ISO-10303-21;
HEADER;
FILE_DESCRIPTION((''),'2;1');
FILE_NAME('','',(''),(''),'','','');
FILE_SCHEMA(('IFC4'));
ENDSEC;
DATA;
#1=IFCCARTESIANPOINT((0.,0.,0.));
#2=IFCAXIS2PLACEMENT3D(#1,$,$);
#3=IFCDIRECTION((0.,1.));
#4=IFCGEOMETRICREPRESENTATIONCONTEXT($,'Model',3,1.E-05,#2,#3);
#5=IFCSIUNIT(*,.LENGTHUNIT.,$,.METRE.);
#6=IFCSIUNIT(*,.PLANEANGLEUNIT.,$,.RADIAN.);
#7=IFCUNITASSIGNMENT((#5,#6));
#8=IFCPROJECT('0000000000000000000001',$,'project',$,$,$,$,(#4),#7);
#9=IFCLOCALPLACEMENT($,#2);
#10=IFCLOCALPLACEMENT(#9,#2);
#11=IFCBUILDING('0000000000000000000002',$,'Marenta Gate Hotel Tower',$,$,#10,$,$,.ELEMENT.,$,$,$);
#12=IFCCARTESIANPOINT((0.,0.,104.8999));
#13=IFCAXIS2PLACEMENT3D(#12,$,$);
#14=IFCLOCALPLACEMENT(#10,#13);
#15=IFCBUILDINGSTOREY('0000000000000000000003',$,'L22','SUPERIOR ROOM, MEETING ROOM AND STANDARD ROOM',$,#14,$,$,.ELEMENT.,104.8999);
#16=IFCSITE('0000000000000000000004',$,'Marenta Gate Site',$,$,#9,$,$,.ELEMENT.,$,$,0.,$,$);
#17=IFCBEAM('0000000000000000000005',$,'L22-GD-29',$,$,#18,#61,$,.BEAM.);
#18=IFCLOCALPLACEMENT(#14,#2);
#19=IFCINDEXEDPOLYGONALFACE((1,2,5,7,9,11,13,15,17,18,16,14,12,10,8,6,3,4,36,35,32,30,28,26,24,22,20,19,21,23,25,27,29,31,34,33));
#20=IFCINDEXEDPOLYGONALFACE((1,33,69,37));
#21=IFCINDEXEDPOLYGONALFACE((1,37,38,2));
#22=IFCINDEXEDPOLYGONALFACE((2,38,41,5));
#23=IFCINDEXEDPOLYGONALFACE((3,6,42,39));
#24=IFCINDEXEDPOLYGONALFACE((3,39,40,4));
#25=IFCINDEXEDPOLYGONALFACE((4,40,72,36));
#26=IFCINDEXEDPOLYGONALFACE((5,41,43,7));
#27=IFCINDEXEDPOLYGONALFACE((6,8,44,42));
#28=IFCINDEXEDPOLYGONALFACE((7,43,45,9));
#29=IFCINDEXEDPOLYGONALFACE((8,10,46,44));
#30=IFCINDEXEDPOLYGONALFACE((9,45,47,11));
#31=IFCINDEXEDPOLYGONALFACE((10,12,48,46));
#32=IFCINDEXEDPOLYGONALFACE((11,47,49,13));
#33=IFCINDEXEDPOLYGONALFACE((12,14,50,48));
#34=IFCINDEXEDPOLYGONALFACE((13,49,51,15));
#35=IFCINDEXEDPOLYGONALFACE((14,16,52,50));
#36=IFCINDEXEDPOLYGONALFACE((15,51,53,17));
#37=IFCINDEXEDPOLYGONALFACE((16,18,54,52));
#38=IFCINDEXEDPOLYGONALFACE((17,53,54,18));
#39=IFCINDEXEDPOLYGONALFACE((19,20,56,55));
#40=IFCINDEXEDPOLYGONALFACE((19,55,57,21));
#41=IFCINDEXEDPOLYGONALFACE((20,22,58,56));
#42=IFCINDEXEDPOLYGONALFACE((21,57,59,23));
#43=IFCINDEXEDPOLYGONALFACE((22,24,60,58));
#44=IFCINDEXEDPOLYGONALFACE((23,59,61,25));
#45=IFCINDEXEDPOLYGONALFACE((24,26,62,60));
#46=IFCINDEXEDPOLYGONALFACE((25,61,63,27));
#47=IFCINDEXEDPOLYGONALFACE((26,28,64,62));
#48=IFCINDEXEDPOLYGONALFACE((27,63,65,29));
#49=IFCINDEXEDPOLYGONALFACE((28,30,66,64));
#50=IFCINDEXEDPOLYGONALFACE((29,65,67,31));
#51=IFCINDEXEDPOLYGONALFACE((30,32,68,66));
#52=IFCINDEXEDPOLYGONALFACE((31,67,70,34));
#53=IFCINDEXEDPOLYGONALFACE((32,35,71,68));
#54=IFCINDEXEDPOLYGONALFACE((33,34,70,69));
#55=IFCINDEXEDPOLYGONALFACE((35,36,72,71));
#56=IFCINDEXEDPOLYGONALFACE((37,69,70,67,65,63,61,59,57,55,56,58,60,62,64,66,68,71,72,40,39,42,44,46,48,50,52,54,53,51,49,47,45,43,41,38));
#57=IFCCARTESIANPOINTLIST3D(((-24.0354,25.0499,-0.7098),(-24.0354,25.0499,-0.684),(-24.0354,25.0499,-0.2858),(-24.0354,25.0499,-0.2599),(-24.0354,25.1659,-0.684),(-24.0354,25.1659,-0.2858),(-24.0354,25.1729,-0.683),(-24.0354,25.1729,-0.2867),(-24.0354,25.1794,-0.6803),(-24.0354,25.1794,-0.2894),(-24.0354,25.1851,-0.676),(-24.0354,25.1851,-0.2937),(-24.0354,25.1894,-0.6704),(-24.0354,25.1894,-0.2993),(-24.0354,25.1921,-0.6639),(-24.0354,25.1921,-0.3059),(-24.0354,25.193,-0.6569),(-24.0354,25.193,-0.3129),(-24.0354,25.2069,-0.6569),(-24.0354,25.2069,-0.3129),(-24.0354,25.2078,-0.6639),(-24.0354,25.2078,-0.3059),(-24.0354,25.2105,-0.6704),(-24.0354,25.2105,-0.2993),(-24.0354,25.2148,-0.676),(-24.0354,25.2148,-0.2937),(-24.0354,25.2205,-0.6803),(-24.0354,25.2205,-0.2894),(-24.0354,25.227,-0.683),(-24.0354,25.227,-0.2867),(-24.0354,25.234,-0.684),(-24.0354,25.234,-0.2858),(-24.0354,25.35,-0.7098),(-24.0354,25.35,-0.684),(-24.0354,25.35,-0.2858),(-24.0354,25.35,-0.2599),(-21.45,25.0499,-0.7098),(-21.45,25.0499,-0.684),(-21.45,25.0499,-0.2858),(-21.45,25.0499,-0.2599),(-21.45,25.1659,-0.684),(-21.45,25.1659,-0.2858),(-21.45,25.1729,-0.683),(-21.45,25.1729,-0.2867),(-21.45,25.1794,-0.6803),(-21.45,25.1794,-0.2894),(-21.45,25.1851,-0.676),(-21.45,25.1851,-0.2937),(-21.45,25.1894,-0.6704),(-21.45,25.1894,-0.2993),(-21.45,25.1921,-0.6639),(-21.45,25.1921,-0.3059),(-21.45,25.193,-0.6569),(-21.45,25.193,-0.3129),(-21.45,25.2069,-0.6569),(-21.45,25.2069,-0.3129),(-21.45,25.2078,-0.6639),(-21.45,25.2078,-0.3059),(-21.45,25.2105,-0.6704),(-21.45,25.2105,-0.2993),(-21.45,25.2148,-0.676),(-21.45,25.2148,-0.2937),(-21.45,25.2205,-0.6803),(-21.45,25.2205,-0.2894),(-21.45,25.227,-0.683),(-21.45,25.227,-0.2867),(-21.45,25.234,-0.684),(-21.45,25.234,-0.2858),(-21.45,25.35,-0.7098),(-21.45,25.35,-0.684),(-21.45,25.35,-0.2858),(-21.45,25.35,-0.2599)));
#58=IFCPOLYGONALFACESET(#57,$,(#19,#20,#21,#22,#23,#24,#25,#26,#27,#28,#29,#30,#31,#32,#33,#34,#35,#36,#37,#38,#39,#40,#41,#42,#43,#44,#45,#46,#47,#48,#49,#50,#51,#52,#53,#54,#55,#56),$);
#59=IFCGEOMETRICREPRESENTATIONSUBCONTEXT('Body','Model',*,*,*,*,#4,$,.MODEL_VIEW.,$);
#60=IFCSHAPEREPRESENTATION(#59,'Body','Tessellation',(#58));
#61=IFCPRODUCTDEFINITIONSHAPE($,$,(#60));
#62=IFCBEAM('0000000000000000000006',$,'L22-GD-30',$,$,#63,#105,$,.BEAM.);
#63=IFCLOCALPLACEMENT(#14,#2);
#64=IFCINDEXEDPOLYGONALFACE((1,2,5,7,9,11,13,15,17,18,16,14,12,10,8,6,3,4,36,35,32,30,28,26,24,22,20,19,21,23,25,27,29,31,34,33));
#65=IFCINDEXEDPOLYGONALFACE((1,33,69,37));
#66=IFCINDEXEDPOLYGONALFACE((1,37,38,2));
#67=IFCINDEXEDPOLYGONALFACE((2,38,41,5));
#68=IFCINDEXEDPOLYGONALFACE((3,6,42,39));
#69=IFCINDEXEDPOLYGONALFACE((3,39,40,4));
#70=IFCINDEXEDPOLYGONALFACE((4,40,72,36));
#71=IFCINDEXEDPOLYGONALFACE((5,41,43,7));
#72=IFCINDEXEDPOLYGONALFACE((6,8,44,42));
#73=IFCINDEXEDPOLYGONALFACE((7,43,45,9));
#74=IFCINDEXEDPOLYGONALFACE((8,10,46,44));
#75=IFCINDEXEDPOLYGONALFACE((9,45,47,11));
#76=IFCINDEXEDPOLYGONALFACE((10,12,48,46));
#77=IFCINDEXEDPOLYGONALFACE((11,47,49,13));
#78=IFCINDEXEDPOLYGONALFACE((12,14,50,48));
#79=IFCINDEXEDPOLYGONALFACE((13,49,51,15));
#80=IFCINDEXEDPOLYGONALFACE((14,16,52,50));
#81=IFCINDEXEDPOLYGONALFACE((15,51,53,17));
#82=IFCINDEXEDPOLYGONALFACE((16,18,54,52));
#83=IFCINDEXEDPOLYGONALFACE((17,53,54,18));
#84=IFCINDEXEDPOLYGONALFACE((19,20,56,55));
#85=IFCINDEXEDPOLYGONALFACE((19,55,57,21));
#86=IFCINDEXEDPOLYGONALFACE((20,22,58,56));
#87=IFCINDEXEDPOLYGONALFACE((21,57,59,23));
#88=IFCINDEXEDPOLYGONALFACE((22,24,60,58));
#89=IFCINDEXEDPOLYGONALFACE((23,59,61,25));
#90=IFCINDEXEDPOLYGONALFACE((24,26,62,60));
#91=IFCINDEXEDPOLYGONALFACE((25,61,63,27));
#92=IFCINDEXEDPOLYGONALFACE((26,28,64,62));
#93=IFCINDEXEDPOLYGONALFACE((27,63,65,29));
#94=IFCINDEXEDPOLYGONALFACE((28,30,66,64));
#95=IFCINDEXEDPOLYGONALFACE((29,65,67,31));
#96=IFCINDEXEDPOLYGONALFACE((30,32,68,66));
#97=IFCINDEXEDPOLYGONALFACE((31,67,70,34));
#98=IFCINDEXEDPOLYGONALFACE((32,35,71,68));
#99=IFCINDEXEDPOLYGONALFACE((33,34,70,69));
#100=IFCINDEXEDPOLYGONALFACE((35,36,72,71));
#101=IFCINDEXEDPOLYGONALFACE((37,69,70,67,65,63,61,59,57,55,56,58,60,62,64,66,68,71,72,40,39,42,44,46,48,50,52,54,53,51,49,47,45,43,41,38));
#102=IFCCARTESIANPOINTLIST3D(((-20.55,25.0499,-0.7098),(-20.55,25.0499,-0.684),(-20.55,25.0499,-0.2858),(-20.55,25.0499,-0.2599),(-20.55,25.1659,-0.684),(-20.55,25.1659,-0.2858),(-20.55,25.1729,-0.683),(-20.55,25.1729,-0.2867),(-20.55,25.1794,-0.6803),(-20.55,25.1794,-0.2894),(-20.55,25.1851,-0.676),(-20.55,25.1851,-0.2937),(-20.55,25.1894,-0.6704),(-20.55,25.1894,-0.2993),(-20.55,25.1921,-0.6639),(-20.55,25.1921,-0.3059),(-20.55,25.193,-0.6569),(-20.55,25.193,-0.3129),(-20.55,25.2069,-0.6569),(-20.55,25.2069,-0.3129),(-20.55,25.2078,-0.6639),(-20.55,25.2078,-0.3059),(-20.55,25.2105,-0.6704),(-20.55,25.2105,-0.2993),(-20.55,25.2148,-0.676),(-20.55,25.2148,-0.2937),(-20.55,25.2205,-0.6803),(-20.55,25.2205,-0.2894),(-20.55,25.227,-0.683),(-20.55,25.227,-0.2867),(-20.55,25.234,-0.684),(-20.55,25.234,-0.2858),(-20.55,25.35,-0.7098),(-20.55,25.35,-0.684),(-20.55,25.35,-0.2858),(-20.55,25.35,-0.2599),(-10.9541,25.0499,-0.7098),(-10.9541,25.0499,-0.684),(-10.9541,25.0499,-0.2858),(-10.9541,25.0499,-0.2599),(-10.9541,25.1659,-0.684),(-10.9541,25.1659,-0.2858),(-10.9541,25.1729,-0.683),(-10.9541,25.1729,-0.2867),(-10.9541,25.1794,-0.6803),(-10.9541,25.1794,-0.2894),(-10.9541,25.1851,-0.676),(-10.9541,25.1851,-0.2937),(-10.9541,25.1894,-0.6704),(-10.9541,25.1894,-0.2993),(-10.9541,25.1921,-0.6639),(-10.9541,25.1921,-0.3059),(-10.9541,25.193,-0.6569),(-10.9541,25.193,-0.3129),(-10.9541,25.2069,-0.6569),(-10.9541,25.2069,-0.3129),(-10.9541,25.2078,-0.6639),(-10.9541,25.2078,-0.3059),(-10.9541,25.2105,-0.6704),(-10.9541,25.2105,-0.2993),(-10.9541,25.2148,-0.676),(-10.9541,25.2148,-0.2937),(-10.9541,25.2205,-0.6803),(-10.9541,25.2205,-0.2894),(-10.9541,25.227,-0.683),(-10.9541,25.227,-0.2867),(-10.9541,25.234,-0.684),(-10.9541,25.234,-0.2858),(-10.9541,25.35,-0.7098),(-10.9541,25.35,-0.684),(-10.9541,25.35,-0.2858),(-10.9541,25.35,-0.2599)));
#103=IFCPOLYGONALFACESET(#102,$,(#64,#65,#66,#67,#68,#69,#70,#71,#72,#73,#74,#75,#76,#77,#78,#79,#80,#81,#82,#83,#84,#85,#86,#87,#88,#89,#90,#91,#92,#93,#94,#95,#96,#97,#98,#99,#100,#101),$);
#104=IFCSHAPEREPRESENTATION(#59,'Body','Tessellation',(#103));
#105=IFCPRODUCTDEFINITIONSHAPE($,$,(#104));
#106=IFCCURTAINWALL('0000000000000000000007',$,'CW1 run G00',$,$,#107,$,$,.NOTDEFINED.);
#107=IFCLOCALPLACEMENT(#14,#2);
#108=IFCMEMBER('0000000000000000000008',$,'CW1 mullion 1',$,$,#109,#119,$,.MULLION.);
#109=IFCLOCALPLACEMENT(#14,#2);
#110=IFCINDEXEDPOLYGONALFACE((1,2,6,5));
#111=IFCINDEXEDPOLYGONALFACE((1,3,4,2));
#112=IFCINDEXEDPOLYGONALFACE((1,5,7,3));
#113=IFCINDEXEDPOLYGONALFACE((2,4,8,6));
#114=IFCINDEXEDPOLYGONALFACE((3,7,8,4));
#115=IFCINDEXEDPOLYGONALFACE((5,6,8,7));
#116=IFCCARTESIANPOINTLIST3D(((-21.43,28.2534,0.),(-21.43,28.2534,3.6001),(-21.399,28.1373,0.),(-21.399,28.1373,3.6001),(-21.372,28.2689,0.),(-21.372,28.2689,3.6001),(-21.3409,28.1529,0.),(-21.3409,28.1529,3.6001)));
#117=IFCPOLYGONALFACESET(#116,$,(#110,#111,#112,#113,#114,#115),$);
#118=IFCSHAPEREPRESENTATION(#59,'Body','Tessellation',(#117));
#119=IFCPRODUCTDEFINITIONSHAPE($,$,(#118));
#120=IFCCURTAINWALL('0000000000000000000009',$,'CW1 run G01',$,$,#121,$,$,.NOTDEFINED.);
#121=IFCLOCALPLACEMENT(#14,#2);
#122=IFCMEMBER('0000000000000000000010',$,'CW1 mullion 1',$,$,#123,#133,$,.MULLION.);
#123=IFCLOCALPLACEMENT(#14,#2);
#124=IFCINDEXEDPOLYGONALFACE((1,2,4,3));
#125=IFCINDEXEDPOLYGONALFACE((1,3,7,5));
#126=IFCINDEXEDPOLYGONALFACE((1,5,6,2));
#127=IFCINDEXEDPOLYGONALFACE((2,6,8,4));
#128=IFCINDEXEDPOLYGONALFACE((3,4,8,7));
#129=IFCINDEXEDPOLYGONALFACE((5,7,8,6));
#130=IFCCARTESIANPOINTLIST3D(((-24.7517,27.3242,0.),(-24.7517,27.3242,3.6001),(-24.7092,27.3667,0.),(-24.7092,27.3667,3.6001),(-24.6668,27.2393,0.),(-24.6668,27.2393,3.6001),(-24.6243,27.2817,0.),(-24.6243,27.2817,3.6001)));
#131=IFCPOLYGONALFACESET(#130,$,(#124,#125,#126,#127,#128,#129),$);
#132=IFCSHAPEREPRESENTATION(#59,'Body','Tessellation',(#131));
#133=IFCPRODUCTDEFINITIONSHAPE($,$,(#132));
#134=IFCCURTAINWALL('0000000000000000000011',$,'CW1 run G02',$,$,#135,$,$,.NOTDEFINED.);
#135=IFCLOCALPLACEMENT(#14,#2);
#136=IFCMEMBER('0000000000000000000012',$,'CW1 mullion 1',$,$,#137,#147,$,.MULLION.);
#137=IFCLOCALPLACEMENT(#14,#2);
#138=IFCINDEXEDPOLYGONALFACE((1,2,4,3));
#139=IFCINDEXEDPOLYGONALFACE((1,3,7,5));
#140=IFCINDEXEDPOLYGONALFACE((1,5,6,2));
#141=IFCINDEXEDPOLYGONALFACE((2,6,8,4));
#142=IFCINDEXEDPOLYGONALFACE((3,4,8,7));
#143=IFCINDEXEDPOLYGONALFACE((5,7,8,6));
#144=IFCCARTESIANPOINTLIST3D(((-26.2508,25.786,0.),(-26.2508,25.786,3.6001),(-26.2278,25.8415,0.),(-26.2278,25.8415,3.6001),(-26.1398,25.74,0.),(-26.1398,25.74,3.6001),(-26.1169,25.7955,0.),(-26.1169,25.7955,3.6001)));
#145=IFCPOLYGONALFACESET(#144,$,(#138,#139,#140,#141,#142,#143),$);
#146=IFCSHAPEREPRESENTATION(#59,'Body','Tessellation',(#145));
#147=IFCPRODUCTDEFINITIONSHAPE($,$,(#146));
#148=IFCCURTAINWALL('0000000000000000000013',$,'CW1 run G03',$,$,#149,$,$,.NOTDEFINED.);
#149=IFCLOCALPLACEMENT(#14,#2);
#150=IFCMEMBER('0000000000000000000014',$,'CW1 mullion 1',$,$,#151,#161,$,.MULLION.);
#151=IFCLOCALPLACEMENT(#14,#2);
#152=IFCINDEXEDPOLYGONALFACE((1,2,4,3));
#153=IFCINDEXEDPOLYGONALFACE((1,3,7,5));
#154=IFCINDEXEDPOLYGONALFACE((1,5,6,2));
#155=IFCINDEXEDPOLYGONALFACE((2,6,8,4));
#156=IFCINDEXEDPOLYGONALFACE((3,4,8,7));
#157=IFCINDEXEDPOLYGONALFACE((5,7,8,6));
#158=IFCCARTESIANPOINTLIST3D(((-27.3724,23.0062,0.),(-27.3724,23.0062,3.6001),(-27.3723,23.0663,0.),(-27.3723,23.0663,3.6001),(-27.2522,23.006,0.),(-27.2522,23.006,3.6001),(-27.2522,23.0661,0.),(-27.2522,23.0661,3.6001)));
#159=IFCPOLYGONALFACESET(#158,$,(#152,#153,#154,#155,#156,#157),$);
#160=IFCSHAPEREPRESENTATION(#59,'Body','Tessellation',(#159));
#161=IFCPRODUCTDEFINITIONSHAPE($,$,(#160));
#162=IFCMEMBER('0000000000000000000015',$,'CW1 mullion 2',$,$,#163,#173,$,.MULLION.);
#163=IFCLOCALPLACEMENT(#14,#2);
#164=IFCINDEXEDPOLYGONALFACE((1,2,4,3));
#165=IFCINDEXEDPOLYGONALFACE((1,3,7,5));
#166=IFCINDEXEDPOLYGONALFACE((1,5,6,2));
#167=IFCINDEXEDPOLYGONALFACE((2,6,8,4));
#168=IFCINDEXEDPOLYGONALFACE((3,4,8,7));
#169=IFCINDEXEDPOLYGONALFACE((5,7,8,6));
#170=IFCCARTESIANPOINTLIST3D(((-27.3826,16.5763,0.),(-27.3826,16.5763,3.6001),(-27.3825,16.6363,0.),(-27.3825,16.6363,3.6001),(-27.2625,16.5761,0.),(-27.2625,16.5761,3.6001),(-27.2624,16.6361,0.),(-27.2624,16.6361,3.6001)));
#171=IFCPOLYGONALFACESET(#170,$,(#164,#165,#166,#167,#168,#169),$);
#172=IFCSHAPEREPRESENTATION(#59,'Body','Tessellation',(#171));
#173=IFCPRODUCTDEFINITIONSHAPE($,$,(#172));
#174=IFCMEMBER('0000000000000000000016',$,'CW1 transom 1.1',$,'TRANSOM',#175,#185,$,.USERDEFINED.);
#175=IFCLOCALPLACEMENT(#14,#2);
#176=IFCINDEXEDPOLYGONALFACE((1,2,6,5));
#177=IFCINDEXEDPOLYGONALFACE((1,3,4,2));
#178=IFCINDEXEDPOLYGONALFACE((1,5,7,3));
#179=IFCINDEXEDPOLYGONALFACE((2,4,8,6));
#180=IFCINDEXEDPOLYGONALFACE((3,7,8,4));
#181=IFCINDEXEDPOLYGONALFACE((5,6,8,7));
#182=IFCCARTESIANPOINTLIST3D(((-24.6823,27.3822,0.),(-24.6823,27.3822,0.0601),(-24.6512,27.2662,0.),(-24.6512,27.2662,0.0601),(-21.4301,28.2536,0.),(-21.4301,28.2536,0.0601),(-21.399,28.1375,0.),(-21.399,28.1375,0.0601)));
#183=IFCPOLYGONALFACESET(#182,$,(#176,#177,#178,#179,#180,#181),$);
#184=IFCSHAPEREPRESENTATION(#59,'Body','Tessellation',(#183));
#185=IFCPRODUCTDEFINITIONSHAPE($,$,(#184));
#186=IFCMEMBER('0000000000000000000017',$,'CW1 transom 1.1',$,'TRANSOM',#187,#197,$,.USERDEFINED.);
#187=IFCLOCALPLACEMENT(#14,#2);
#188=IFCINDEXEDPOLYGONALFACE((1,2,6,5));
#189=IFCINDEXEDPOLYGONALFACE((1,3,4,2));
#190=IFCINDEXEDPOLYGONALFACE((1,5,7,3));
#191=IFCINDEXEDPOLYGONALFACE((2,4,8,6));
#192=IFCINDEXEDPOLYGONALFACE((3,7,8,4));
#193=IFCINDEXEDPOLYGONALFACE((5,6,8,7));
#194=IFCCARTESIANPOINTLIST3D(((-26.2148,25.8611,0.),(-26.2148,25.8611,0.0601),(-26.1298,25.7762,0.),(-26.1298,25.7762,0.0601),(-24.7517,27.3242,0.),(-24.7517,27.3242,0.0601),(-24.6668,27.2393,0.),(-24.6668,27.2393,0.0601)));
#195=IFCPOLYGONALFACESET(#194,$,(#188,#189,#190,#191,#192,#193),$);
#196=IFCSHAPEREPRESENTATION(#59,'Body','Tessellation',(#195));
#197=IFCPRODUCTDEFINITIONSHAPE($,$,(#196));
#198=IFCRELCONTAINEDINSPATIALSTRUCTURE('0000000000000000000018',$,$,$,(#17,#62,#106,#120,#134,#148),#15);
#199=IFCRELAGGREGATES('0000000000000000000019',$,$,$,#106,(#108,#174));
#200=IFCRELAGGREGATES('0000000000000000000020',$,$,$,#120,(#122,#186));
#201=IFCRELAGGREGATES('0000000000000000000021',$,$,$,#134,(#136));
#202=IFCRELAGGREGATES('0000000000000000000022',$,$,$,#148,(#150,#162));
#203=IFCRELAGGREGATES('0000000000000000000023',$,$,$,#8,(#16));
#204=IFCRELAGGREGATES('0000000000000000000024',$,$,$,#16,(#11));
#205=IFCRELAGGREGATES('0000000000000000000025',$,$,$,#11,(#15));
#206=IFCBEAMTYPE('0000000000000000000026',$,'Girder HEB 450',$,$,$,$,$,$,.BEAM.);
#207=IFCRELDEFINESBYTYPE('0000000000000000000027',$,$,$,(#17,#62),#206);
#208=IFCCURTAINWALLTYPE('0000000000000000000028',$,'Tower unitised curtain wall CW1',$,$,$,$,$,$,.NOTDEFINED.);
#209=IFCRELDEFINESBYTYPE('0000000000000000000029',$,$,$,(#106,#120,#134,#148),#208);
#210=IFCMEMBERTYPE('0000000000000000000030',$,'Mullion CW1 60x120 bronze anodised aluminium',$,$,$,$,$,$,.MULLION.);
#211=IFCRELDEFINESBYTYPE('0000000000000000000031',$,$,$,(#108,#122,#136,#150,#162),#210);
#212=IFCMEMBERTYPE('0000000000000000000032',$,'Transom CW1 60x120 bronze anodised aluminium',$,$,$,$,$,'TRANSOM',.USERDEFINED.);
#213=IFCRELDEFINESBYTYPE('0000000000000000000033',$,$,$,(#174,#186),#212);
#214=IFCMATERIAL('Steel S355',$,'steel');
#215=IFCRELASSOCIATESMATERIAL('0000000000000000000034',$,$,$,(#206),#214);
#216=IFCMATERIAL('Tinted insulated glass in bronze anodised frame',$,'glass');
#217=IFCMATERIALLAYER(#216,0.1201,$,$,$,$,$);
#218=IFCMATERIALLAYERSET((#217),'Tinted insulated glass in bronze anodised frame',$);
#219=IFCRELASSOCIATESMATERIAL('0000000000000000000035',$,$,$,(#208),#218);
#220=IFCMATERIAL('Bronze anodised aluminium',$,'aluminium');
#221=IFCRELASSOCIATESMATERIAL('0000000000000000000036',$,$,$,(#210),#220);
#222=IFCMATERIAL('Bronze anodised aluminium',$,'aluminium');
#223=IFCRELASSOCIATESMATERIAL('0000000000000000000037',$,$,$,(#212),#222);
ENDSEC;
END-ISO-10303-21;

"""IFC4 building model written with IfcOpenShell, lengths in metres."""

from ifc_helpers import new_model, si_unit, direction, frame, origin, origin_2d, place, context, subcontext, project, spatial, rectangle, i_section, extrude, material, layer, layer_set, material_profile, profile_set, type_object, element, aggregate, save


model = new_model("IFC4")

# Units and contexts
model_context = context("Model", 3, precision=1e-05, world=origin(), true_north=direction((0.0, 1.0)))
body_context = subcontext(model_context, "Body", "Model", "MODEL_VIEW")
ifc_project = project(units=[si_unit("LENGTHUNIT", "METRE"), si_unit("PLANEANGLEUNIT", "RADIAN")], contexts=[model_context])

# Site, building, storey
site_placement = place(None, origin())
site = spatial("IfcSite", under=ifc_project, at=site_placement, Name="Marenta Gate Site", CompositionType="ELEMENT", RefElevation=0.0)
building_placement = place(site_placement, origin())
building = spatial("IfcBuilding", under=site, at=building_placement, Name="Marenta Gate Hotel Tower", CompositionType="ELEMENT")
storey_placement = place(building_placement, frame((0.0, 0.0, 104.8999)))
storey = spatial("IfcBuildingStorey", under=building, at=storey_placement, Name="L22", Description="SUPERIOR ROOM, MEETING ROOM AND STANDARD ROOM", CompositionType="ELEMENT", Elevation=104.8999)

# Beams
ifc_material_1 = material(Name="Steel S355", Category="steel")
ifc_material_profile_1 = material_profile(ifc_material_1, i_section(OverallWidth=0.3, OverallDepth=0.45, WebThickness=0.0139, FlangeThickness=0.0259, FilletRadius=0.0271, at=origin_2d()), Name="HEB 450")
ifc_profile_set_1 = profile_set([ifc_material_profile_1], Name="Steel S355")
beam_type_1 = type_object("IfcBeamType", Name="Girder HEB 450", PredefinedType="BEAM", material=ifc_profile_set_1)
beam_1_placement = place(storey_placement, frame((-24.0354, 25.2, -0.4849), z_axis=(1.0, 0.0, 0.0), x_axis=(0.0, 1.0, 0.0)))
element("IfcBeam", 1, at=beam_1_placement, inside=storey, type_object=beam_type_1, Name="L22-GD-29", PredefinedType="BEAM", context=body_context, shape_type="SweptSolid", body=[
    extrude(i_section(OverallWidth=0.3, OverallDepth=0.45, WebThickness=0.0139, FlangeThickness=0.0259, FilletRadius=0.0271, at=origin_2d()), origin(), (0.0, 0.0, 1.0), 2.5854),
])
beam_2_placement = place(storey_placement, frame((-20.55, 25.2, -0.4849), z_axis=(1.0, 0.0, 0.0), x_axis=(0.0, 1.0, 0.0)))
element("IfcBeam", 2, at=beam_2_placement, inside=storey, type_object=beam_type_1, Name="L22-GD-30", PredefinedType="BEAM", context=body_context, shape_type="SweptSolid", body=[
    extrude(i_section(OverallWidth=0.3, OverallDepth=0.45, WebThickness=0.0139, FlangeThickness=0.0259, FilletRadius=0.0271, at=origin_2d()), origin(), (0.0, 0.0, 1.0), 9.5959),
])

# Curtain walls, members
ifc_material_2 = material(Name="Tinted insulated glass in bronze anodised frame", Category="glass")
ifc_layer_1 = layer(ifc_material_2, 0.1201)
ifc_layer_set_1 = layer_set([ifc_layer_1], Name="Tinted insulated glass in bronze anodised frame")
curtain_wall_type = type_object("IfcCurtainWallType", Name="Tower unitised curtain wall CW1", PredefinedType="NOTDEFINED", material=ifc_layer_set_1)
curtain_wall_1_placement = place(storey_placement, origin())
curtain_wall_1 = element("IfcCurtainWall", 3, at=curtain_wall_1_placement, inside=storey, type_object=curtain_wall_type, Name="CW1 run G00", PredefinedType="NOTDEFINED")
ifc_material_3 = material(Name="Bronze anodised aluminium", Category="aluminium")
ifc_material_profile_2 = material_profile(ifc_material_3, rectangle(XDim=0.1201, YDim=0.0601, at=origin_2d()), Name="Mullion CW1 60x120 bronze anodised aluminium")
ifc_profile_set_2 = profile_set([ifc_material_profile_2], Name="Bronze anodised aluminium")
member_type_1 = type_object("IfcMemberType", Name="Mullion CW1 60x120 bronze anodised aluminium", PredefinedType="MULLION", material=ifc_profile_set_2)
member_1_placement = place(storey_placement, frame((-21.3855, 28.2031, 0.0), z_axis=(0.0, 0.0, 1.0), x_axis=(0.258801, -0.965931, 0.0)))
member_1 = element("IfcMember", 4, at=member_1_placement, type_object=member_type_1, Name="CW1 mullion 1", PredefinedType="MULLION", context=body_context, shape_type="SweptSolid", body=[
    extrude(rectangle(XDim=0.1201, YDim=0.0601, at=origin_2d()), origin(), (0.0, 0.0, 1.0), 3.6001),
])
curtain_wall_2_placement = place(storey_placement, origin())
curtain_wall_2 = element("IfcCurtainWall", 5, at=curtain_wall_2_placement, inside=storey, type_object=curtain_wall_type, Name="CW1 run G01", PredefinedType="NOTDEFINED")
member_2_placement = place(storey_placement, frame((-24.688, 27.303, 0.0), z_axis=(0.0, 0.0, 1.0), x_axis=(0.707107, -0.707107, 0.0)))
member_2 = element("IfcMember", 6, at=member_2_placement, type_object=member_type_1, Name="CW1 mullion 1", PredefinedType="MULLION", context=body_context, shape_type="SweptSolid", body=[
    extrude(rectangle(XDim=0.1201, YDim=0.0601, at=origin_2d()), origin(), (0.0, 0.0, 1.0), 3.6001),
])
curtain_wall_3_placement = place(storey_placement, origin())
curtain_wall_3 = element("IfcCurtainWall", 7, at=curtain_wall_3_placement, inside=storey, type_object=curtain_wall_type, Name="CW1 run G02", PredefinedType="NOTDEFINED")
member_3_placement = place(storey_placement, frame((-26.1838, 25.7908, 0.0), z_axis=(0.0, 0.0, 1.0), x_axis=(0.923884, -0.382672, 0.0)))
member_3 = element("IfcMember", 8, at=member_3_placement, type_object=member_type_1, Name="CW1 mullion 1", PredefinedType="MULLION", context=body_context, shape_type="SweptSolid", body=[
    extrude(rectangle(XDim=0.1201, YDim=0.0601, at=origin_2d()), origin(), (0.0, 0.0, 1.0), 3.6001),
])

# Curtain wall, members
curtain_wall_4_placement = place(storey_placement, origin())
curtain_wall_4 = element("IfcCurtainWall", 9, at=curtain_wall_4_placement, inside=storey, type_object=curtain_wall_type, Name="CW1 run G03", PredefinedType="NOTDEFINED")
member_4_placement = place(storey_placement, frame((-27.3123, 23.0361, 0.0), z_axis=(0.0, 0.0, 1.0), x_axis=(0.999999, -0.001566, 0.0)))
member_4 = element("IfcMember", 10, at=member_4_placement, type_object=member_type_1, Name="CW1 mullion 1", PredefinedType="MULLION", context=body_context, shape_type="SweptSolid", body=[
    extrude(rectangle(XDim=0.1201, YDim=0.0601, at=origin_2d()), origin(), (0.0, 0.0, 1.0), 3.6001),
])
member_5_placement = place(storey_placement, frame((-27.3225, 16.6062, 0.0), z_axis=(0.0, 0.0, 1.0), x_axis=(0.999999, -0.001566, 0.0)))
member_5 = element("IfcMember", 11, at=member_5_placement, type_object=member_type_1, Name="CW1 mullion 2", PredefinedType="MULLION", context=body_context, shape_type="SweptSolid", body=[
    extrude(rectangle(XDim=0.1201, YDim=0.0601, at=origin_2d()), origin(), (0.0, 0.0, 1.0), 3.6001),
])

# Members
ifc_material_4 = material(Name="Bronze anodised aluminium", Category="aluminium")
ifc_material_profile_3 = material_profile(ifc_material_4, rectangle(XDim=0.1201, YDim=0.0601, at=origin_2d()), Name="Transom CW1 60x120 bronze anodised aluminium")
ifc_profile_set_3 = profile_set([ifc_material_profile_3], Name="Bronze anodised aluminium")
member_type_2 = type_object("IfcMemberType", Name="Transom CW1 60x120 bronze anodised aluminium", ElementType="TRANSOM", PredefinedType="USERDEFINED", material=ifc_profile_set_3)
member_6_placement = place(storey_placement, frame((-21.4146, 28.1956, 0.03), z_axis=(-0.965932, -0.258795, 0.0), x_axis=(0.258795, -0.965932, 0.0)))
member_6 = element("IfcMember", 12, at=member_6_placement, type_object=member_type_2, Name="CW1 transom 1.1", ObjectType="TRANSOM", PredefinedType="USERDEFINED", context=body_context, shape_type="SweptSolid", body=[
    extrude(rectangle(XDim=0.1201, YDim=0.0601, at=origin_2d()), origin(), (0.0, 0.0, 1.0), 3.3669),
])
member_7_placement = place(storey_placement, frame((-24.7092, 27.2817, 0.03), z_axis=(-0.707107, -0.707107, 0.0), x_axis=(0.707107, -0.707107, 0.0)))
member_7 = element("IfcMember", 13, at=member_7_placement, type_object=member_type_2, Name="CW1 transom 1.1", ObjectType="TRANSOM", PredefinedType="USERDEFINED", context=body_context, shape_type="SweptSolid", body=[
    extrude(rectangle(XDim=0.1201, YDim=0.0601, at=origin_2d()), origin(), (0.0, 0.0, 1.0), 2.0691),
])

aggregate(curtain_wall_1, [member_1, member_6])
aggregate(curtain_wall_2, [member_2, member_7])
aggregate(curtain_wall_3, [member_3])
aggregate(curtain_wall_4, [member_4, member_5])

save(model, "model.ifc")
